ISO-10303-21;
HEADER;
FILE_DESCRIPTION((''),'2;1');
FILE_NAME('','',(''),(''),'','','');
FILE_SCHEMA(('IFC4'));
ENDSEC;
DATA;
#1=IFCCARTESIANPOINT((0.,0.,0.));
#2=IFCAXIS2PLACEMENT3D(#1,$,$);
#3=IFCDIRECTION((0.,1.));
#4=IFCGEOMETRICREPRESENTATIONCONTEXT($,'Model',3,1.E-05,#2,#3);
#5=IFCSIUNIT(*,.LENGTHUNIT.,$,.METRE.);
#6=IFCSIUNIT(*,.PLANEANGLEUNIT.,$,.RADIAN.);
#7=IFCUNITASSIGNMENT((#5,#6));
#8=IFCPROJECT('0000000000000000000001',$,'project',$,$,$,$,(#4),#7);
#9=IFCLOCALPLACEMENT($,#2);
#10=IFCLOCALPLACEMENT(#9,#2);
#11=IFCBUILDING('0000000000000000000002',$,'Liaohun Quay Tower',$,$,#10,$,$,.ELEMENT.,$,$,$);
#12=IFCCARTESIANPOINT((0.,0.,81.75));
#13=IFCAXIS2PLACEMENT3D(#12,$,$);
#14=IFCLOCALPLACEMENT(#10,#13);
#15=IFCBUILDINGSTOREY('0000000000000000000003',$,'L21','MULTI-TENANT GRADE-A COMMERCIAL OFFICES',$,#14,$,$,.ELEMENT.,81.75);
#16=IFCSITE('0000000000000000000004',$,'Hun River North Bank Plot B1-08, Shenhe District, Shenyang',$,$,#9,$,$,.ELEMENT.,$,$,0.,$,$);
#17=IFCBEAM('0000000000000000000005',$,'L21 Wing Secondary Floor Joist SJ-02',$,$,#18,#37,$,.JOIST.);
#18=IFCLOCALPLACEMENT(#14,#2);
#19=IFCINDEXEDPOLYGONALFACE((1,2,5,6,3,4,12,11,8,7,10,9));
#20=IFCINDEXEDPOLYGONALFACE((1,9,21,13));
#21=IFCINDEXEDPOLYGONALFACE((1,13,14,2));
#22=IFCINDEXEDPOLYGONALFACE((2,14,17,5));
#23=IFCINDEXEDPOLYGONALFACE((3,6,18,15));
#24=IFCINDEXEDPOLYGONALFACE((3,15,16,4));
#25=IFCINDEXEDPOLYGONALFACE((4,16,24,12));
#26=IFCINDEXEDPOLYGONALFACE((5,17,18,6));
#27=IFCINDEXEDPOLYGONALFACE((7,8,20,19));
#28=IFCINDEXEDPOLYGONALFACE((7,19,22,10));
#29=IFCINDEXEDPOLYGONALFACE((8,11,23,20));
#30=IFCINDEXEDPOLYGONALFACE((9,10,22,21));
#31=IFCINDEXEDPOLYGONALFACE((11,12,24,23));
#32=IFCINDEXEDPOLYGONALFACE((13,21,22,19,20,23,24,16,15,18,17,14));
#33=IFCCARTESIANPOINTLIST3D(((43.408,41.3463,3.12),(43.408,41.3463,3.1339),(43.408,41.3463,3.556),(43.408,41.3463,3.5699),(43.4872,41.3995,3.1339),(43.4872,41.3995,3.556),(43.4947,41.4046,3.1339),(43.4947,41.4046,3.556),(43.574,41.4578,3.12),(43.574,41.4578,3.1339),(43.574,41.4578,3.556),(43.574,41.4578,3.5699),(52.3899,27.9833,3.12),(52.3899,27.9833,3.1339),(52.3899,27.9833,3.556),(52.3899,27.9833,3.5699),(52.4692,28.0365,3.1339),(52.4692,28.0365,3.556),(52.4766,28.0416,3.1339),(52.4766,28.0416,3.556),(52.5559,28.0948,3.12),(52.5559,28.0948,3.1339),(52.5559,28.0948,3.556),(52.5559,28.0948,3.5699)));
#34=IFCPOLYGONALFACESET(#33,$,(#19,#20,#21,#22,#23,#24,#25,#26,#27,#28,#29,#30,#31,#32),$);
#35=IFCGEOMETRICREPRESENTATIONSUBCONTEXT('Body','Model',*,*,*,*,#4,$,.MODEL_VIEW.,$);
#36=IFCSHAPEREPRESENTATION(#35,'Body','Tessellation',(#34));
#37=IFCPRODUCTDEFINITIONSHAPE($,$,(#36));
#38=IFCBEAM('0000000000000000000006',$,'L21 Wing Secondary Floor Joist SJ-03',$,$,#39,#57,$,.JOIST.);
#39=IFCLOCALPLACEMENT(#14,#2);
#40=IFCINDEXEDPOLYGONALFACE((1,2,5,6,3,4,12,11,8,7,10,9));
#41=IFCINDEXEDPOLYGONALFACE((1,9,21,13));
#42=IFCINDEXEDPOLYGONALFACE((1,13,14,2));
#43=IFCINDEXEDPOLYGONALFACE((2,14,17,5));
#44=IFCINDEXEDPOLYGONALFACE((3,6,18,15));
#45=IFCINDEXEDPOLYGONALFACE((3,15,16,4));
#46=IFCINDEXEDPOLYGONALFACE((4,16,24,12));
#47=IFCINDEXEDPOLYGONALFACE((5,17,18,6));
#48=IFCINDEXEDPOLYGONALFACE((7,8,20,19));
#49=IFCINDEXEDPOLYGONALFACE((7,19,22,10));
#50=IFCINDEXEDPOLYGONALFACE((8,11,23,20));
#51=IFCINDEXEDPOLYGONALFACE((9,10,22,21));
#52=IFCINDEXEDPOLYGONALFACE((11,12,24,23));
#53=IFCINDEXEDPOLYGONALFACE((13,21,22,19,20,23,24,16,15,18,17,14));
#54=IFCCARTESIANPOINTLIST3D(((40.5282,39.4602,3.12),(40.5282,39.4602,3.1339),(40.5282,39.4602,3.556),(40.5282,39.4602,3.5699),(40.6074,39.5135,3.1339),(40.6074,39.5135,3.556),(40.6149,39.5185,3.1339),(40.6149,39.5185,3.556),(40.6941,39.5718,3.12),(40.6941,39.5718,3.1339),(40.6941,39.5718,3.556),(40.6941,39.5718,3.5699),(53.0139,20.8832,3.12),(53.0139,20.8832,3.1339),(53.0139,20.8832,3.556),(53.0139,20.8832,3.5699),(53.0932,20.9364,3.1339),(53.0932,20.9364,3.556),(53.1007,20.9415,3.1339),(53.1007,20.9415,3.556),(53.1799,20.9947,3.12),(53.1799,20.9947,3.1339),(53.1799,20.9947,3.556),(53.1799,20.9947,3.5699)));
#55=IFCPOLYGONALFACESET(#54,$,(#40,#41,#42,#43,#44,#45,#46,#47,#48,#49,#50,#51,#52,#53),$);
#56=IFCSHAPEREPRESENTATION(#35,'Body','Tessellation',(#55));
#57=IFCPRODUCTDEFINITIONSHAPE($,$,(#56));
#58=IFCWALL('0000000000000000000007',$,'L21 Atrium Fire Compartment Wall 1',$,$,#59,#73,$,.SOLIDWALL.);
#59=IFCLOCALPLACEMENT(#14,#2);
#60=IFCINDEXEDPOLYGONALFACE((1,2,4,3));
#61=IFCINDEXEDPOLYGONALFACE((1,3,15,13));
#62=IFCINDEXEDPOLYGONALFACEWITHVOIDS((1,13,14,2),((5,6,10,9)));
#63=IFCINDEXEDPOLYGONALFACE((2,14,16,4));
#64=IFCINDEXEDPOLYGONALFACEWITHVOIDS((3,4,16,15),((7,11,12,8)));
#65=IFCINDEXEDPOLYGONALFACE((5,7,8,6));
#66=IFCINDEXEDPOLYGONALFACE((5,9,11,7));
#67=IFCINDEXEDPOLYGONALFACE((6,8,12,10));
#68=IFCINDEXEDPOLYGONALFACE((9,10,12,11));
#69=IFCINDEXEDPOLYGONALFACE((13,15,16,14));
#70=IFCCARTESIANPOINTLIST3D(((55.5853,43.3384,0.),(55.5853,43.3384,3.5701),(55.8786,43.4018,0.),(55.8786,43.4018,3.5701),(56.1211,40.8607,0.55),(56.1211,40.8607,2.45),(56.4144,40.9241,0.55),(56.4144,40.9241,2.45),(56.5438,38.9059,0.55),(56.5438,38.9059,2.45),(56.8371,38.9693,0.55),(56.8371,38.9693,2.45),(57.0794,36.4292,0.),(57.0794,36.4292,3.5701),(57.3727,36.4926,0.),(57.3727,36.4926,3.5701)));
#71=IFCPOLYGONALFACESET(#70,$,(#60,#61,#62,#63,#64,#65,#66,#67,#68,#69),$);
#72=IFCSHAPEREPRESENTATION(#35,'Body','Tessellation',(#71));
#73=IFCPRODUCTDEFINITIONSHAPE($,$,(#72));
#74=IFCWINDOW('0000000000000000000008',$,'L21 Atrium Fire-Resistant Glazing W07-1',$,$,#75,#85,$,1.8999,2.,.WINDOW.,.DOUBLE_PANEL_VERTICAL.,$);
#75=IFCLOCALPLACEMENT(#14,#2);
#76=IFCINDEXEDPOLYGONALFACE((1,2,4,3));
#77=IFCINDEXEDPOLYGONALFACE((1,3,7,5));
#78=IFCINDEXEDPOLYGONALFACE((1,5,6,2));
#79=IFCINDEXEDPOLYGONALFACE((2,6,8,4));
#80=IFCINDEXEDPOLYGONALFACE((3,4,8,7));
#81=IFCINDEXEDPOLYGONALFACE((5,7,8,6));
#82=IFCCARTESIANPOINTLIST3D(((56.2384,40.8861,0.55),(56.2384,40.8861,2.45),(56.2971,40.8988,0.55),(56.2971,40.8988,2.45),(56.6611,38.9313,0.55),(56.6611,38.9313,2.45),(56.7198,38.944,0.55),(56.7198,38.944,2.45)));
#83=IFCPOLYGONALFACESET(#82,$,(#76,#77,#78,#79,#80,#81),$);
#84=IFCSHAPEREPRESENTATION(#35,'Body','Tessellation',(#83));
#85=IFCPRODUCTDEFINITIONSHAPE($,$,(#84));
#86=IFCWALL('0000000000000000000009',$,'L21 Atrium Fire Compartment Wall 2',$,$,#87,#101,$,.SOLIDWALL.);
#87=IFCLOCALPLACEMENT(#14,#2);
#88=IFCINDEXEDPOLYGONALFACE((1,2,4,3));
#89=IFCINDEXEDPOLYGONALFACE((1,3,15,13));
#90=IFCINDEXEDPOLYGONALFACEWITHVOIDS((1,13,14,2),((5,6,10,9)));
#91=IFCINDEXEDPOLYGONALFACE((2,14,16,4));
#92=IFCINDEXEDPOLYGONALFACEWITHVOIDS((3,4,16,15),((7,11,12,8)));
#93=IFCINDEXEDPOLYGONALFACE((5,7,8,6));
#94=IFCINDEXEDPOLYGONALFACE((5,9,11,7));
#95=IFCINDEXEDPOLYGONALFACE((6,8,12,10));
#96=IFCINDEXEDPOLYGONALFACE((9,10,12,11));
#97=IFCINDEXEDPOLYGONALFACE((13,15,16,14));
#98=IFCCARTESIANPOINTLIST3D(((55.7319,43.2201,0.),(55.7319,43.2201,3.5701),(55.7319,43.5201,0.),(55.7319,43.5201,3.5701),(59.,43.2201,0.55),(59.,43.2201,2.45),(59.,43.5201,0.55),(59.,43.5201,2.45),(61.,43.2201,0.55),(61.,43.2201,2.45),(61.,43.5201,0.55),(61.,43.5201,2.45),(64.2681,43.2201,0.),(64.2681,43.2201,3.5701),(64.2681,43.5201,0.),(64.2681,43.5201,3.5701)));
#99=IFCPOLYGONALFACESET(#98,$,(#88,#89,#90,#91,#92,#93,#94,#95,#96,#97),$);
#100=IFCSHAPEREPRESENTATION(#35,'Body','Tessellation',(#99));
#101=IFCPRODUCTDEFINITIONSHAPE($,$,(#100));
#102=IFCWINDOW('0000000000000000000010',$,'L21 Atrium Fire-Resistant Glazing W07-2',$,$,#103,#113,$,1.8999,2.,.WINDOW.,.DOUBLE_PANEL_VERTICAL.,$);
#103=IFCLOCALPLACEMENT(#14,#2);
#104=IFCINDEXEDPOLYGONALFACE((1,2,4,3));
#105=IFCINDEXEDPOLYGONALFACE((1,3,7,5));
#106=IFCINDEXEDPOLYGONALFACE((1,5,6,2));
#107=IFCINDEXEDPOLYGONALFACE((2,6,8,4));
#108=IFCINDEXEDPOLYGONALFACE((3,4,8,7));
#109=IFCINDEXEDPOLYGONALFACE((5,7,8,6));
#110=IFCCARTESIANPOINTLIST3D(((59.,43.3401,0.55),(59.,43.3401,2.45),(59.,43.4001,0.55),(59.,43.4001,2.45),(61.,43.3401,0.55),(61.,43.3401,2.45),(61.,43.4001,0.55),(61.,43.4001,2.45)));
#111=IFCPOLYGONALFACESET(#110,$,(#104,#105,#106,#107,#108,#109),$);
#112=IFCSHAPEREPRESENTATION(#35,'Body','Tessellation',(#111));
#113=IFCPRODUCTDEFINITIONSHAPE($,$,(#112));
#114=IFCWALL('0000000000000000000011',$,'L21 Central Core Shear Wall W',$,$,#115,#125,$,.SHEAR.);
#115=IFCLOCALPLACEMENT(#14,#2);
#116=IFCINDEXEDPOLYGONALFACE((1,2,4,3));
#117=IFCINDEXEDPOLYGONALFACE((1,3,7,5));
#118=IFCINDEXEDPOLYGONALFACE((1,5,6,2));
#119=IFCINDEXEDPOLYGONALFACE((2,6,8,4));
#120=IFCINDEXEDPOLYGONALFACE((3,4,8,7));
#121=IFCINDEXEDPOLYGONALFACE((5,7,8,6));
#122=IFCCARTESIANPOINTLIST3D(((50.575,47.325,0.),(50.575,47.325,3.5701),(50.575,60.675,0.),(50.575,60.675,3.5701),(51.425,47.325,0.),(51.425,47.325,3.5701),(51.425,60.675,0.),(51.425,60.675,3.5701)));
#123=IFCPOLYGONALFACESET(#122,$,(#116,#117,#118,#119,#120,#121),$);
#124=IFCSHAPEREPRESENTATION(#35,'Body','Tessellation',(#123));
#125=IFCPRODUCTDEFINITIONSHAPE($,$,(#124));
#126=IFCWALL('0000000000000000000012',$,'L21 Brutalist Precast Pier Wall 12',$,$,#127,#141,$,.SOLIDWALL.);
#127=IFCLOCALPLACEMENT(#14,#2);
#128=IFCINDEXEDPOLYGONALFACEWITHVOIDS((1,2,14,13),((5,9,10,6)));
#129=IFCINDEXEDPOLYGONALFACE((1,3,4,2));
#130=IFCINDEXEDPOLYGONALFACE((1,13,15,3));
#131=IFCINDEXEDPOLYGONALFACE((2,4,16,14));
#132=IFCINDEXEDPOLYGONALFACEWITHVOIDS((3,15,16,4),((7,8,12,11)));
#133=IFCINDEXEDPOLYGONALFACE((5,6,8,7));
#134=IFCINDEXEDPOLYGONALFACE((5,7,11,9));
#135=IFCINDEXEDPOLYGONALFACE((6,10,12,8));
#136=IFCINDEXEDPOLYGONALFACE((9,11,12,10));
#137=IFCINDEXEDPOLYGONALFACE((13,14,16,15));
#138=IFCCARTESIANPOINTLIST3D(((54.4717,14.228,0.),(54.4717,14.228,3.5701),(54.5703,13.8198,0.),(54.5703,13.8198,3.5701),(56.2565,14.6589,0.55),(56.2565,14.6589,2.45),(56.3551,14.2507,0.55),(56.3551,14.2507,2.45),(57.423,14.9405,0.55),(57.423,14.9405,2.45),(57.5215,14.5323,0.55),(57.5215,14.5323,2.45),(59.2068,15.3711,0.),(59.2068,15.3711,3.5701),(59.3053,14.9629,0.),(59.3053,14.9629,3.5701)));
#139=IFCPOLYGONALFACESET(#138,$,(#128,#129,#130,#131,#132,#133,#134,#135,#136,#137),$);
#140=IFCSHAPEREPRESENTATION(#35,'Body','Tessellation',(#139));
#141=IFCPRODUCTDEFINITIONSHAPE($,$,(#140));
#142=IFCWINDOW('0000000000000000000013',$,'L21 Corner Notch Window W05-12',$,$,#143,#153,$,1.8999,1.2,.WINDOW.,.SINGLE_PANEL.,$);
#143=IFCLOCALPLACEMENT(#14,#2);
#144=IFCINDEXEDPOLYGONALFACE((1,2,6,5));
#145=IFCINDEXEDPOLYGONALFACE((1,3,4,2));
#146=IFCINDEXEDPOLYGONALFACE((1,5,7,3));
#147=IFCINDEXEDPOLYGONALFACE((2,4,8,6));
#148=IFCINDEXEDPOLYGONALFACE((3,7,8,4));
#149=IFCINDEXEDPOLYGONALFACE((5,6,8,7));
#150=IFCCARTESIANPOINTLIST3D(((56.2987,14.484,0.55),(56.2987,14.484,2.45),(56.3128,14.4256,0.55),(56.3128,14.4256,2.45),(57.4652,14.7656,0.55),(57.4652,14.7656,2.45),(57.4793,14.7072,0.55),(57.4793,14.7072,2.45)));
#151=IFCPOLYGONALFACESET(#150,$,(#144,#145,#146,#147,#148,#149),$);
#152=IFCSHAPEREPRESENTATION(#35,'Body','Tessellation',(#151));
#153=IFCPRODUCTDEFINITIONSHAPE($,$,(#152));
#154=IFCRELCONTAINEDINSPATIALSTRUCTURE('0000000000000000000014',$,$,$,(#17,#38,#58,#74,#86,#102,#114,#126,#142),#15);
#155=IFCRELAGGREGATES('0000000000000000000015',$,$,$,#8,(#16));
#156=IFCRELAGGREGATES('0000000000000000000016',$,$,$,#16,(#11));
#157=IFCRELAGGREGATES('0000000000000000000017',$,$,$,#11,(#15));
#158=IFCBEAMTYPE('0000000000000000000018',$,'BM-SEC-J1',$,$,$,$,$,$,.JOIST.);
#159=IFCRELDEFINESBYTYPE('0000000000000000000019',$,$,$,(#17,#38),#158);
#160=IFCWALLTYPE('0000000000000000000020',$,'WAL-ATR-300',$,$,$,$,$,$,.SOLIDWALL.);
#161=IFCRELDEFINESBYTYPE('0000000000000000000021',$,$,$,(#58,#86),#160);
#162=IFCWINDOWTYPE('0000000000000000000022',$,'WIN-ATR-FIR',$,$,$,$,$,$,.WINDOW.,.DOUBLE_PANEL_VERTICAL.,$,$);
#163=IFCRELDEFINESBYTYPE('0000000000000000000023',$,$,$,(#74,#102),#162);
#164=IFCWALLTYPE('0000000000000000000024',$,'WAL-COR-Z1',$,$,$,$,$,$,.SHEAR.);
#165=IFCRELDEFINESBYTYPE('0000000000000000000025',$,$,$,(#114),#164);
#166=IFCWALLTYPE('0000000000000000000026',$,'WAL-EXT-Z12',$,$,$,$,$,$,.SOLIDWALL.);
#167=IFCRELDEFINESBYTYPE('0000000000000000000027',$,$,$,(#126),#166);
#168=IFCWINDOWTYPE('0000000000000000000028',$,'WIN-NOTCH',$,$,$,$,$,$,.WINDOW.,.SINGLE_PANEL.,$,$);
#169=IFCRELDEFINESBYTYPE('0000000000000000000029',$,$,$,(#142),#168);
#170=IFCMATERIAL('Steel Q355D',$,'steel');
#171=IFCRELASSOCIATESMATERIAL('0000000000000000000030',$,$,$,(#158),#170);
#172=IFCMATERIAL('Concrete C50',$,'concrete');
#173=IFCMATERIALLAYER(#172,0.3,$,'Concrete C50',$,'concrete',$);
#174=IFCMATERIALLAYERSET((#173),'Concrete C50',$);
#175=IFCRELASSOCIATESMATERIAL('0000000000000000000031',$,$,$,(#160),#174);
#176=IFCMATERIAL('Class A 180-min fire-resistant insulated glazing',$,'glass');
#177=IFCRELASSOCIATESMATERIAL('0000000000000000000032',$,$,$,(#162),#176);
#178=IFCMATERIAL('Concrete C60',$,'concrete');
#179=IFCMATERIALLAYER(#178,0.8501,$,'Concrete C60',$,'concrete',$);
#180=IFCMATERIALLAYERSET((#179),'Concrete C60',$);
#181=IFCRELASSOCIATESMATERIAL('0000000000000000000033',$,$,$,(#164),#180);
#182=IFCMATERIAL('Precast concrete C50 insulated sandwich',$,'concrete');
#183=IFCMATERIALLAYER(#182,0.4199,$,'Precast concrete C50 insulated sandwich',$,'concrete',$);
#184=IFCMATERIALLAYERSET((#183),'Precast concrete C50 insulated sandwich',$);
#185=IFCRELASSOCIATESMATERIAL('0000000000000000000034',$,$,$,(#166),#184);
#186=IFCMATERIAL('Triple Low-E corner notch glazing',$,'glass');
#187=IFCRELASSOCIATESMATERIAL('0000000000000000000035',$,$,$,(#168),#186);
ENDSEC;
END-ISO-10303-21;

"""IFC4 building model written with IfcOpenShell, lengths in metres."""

from ifc_helpers import new_model, si_unit, direction, frame, frame_2d, origin, origin_2d, place, context, subcontext, project, spatial, rectangle, i_section, extrude, source, transform, mapped, material, layer, layer_set, material_profile, profile_set, type_object, element, fill, save


model = new_model("IFC4")

# Units and contexts
model_context = context("Model", 3, precision=1e-05, world=origin(), true_north=direction((0.0, 1.0)))
body_context = subcontext(model_context, "Body", "Model", "MODEL_VIEW")
ifc_project = project(units=[si_unit("LENGTHUNIT", "METRE"), si_unit("PLANEANGLEUNIT", "RADIAN")], contexts=[model_context])

# Site, building, storey
site_placement = place(None, origin())
site = spatial("IfcSite", under=ifc_project, at=site_placement, Name="Hun River North Bank Plot B1-08, Shenhe District, Shenyang", CompositionType="ELEMENT", RefElevation=0.0)
building_placement = place(site_placement, origin())
building = spatial("IfcBuilding", under=site, at=building_placement, Name="Liaohun Quay Tower", CompositionType="ELEMENT")
storey_placement = place(building_placement, frame((0.0, 0.0, 81.75)))
storey = spatial("IfcBuildingStorey", under=building, at=storey_placement, Name="L21", Description="MULTI-TENANT GRADE-A COMMERCIAL OFFICES", CompositionType="ELEMENT", Elevation=81.75)

# Shared definitions
ifc_material_1 = material(Name="Concrete C60", Category="concrete")

# Beams
ifc_material_2 = material(Name="Steel Q355D", Category="steel")
ifc_material_profile_1 = material_profile(ifc_material_2, i_section(OverallWidth=0.2, OverallDepth=0.45, WebThickness=0.009, FlangeThickness=0.0139, at=origin_2d()), Name="HN450x200x9x14")
ifc_profile_set_1 = profile_set([ifc_material_profile_1], Name="Steel Q355D")
beam_type_1 = type_object("IfcBeamType", Name="BM-SEC-J1", PredefinedType="JOIST", material=ifc_profile_set_1)
shared_shape_1 = source(origin(), body_context, "Body", "SweptSolid", [
    extrude(i_section(OverallWidth=0.2, OverallDepth=0.45, WebThickness=0.009, FlangeThickness=0.0139, at=origin_2d()), origin(), (0.0, 0.0, 1.0), 16.1011),
])
beam_1_placement = place(storey_placement, frame((52.4729, 28.0391, 3.345), z_axis=(-0.557845, 0.829945, 0.0), x_axis=(-0.829945, -0.557845, 0.0)))
element("IfcBeam", 1, at=beam_1_placement, inside=storey, type_object=beam_type_1, Name="L21 Wing Secondary Floor Joist SJ-02", PredefinedType="JOIST", context=body_context, shape_type="MappedRepresentation", body=[
    mapped(shared_shape_1, transform((0.0, 0.0, 0.0), x_axis=(1.0, 0.0, 0.0), y_axis=(0.0, 1.0, 0.0), z_axis=(0.0, 0.0, 1.0), scale=1.0)),
])
shared_shape_2 = source(origin(), body_context, "Body", "SweptSolid", [
    extrude(i_section(OverallWidth=0.2, OverallDepth=0.45, WebThickness=0.009, FlangeThickness=0.0139, at=origin_2d()), origin(), (0.0, 0.0, 1.0), 22.3831),
])
beam_2_placement = place(storey_placement, frame((53.0969, 20.939, 3.345), z_axis=(-0.557822, 0.82996, 0.0), x_axis=(-0.82996, -0.557822, 0.0)))
element("IfcBeam", 2, at=beam_2_placement, inside=storey, type_object=beam_type_1, Name="L21 Wing Secondary Floor Joist SJ-03", PredefinedType="JOIST", context=body_context, shape_type="MappedRepresentation", body=[
    mapped(shared_shape_2, transform((0.0, 0.0, 0.0), x_axis=(1.0, 0.0, 0.0), y_axis=(0.0, 1.0, 0.0), z_axis=(0.0, 0.0, 1.0), scale=1.0)),
])

# Walls, openings, windows
ifc_material_3 = material(Name="Concrete C50", Category="concrete")
ifc_layer_1 = layer(ifc_material_3, 0.3, Name="Concrete C50", Category="concrete")
ifc_layer_set_1 = layer_set([ifc_layer_1], Name="Concrete C50")
wall_type_1 = type_object("IfcWallType", Name="WAL-ATR-300", PredefinedType="SOLIDWALL", material=ifc_layer_set_1)
wall_1_placement = place(storey_placement, frame((57.2261, 36.4609, 0.0), z_axis=(0.0, 0.0, 1.0), x_axis=(-0.211368, 0.977406, 0.0)))
wall_1 = element("IfcWall", 3, at=wall_1_placement, inside=storey, type_object=wall_type_1, Name="L21 Atrium Fire Compartment Wall 1", PredefinedType="SOLIDWALL", context=body_context, shape_type="SweptSolid", body=[
    extrude(rectangle(XDim=7.0688, YDim=0.3, at=frame_2d((3.5344, 0.0))), origin(), (0.0, 0.0, 1.0), 3.5701),
])
shared_shape_3 = source(origin(), body_context, "Body", "SweptSolid", [
    extrude(rectangle(XDim=2.0, YDim=1.8999, at=frame_2d((1.0, 0.95))), frame((0.0, 0.1599, 0.0), z_axis=(0.0, -1.0, 0.0), x_axis=(1.0, 0.0, 0.0)), (0.0, 0.0, 1.0), 0.3201),
])
opening_1_placement = place(wall_1_placement, frame((2.5339, 0.0, 0.55)))
opening_1 = element("IfcOpeningElement", 4, at=opening_1_placement, cuts=wall_1, PredefinedType="OPENING", context=body_context, shape_type="MappedRepresentation", body=[
    mapped(shared_shape_3, transform((0.0, 0.0, 0.0), x_axis=(1.0, 0.0, 0.0), y_axis=(0.0, 1.0, 0.0), z_axis=(0.0, 0.0, 1.0), scale=1.0)),
])
ifc_material_4 = material(Name="Class A 180-min fire-resistant insulated glazing", Category="glass")
window_type_1 = type_object("IfcWindowType", Name="WIN-ATR-FIR", PartitioningType="DOUBLE_PANEL_VERTICAL", PredefinedType="WINDOW", material=ifc_material_4)
shared_shape_4 = source(origin(), body_context, "Body", "SweptSolid", [
    extrude(rectangle(XDim=2.0, YDim=1.8999, at=frame_2d((1.0, 0.95))), frame((0.0, 0.03, 0.0), z_axis=(0.0, -1.0, 0.0), x_axis=(1.0, 0.0, 0.0)), (0.0, 0.0, 1.0), 0.0601),
])
window_1_placement = place(opening_1_placement, origin())
window_1 = element("IfcWindow", 5, at=window_1_placement, inside=storey, type_object=window_type_1, Name="L21 Atrium Fire-Resistant Glazing W07-1", OverallHeight=1.8999, OverallWidth=2.0, PartitioningType="DOUBLE_PANEL_VERTICAL", PredefinedType="WINDOW", context=body_context, shape_type="MappedRepresentation", body=[
    mapped(shared_shape_4, transform((0.0, 0.0, 0.0), x_axis=(1.0, 0.0, 0.0), y_axis=(0.0, 1.0, 0.0), z_axis=(0.0, 0.0, 1.0), scale=1.0)),
])
fill(opening_1, window_1)
wall_2_placement = place(storey_placement, frame((55.7319, 43.3701, 0.0), z_axis=(0.0, 0.0, 1.0), x_axis=(1.0, 0.0, 0.0)))
wall_2 = element("IfcWall", 6, at=wall_2_placement, inside=storey, type_object=wall_type_1, Name="L21 Atrium Fire Compartment Wall 2", PredefinedType="SOLIDWALL", context=body_context, shape_type="SweptSolid", body=[
    extrude(rectangle(XDim=8.5361, YDim=0.3, at=frame_2d((4.2681, 0.0))), origin(), (0.0, 0.0, 1.0), 3.5701),
])
opening_2_placement = place(wall_2_placement, frame((3.2681, 0.0, 0.55)))
opening_2 = element("IfcOpeningElement", 7, at=opening_2_placement, cuts=wall_2, PredefinedType="OPENING", context=body_context, shape_type="MappedRepresentation", body=[
    mapped(shared_shape_3, transform((0.0, 0.0, 0.0), x_axis=(1.0, 0.0, 0.0), y_axis=(0.0, 1.0, 0.0), z_axis=(0.0, 0.0, 1.0), scale=1.0)),
])
window_2_placement = place(opening_2_placement, origin())
window_2 = element("IfcWindow", 8, at=window_2_placement, inside=storey, type_object=window_type_1, Name="L21 Atrium Fire-Resistant Glazing W07-2", OverallHeight=1.8999, OverallWidth=2.0, PartitioningType="DOUBLE_PANEL_VERTICAL", PredefinedType="WINDOW", context=body_context, shape_type="MappedRepresentation", body=[
    mapped(shared_shape_4, transform((0.0, 0.0, 0.0), x_axis=(1.0, 0.0, 0.0), y_axis=(0.0, 1.0, 0.0), z_axis=(0.0, 0.0, 1.0), scale=1.0)),
])
fill(opening_2, window_2)

# Wall
ifc_layer_2 = layer(ifc_material_1, 0.8501, Name="Concrete C60", Category="concrete")
ifc_layer_set_2 = layer_set([ifc_layer_2], Name="Concrete C60")
wall_type_2 = type_object("IfcWallType", Name="WAL-COR-Z1", PredefinedType="SHEAR", material=ifc_layer_set_2)
wall_3_placement = place(storey_placement, frame((51.0, 47.325, 0.0), z_axis=(0.0, 0.0, 1.0), x_axis=(0.0, 1.0, 0.0)))
element("IfcWall", 9, at=wall_3_placement, inside=storey, type_object=wall_type_2, Name="L21 Central Core Shear Wall W", PredefinedType="SHEAR", context=body_context, shape_type="SweptSolid", body=[
    extrude(rectangle(XDim=13.3501, YDim=0.8501, at=frame_2d((6.675, 0.0))), origin(), (0.0, 0.0, 1.0), 3.5701),
])

# Wall, opening, window
ifc_material_5 = material(Name="Precast concrete C50 insulated sandwich", Category="concrete")
ifc_layer_3 = layer(ifc_material_5, 0.4199, Name="Precast concrete C50 insulated sandwich", Category="concrete")
ifc_layer_set_3 = layer_set([ifc_layer_3], Name="Precast concrete C50 insulated sandwich")
wall_type_3 = type_object("IfcWallType", Name="WAL-EXT-Z12", PredefinedType="SOLIDWALL", material=ifc_layer_set_3)
wall_4_placement = place(storey_placement, frame((54.521, 14.0239, 0.0), z_axis=(0.0, 0.0, 1.0), x_axis=(0.972077, 0.234662, 0.0)))
wall_4 = element("IfcWall", 10, at=wall_4_placement, inside=storey, type_object=wall_type_3, Name="L21 Brutalist Precast Pier Wall 12", PredefinedType="SOLIDWALL", context=body_context, shape_type="SweptSolid", body=[
    extrude(rectangle(XDim=4.8711, YDim=0.4199, at=frame_2d((2.4355, 0.0))), origin(), (0.0, 0.0, 1.0), 3.5701),
])
shared_shape_5 = source(origin(), body_context, "Body", "SweptSolid", [
    extrude(rectangle(XDim=1.2, YDim=1.8999, at=frame_2d((0.6001, 0.95))), frame((0.0, 0.22, 0.0), z_axis=(0.0, -1.0, 0.0), x_axis=(1.0, 0.0, 0.0)), (0.0, 0.0, 1.0), 0.4399),
])
opening_3_placement = place(wall_4_placement, frame((1.8359, 0.0, 0.55)))
opening_3 = element("IfcOpeningElement", 11, at=opening_3_placement, cuts=wall_4, PredefinedType="OPENING", context=body_context, shape_type="MappedRepresentation", body=[
    mapped(shared_shape_5, transform((0.0, 0.0, 0.0), x_axis=(1.0, 0.0, 0.0), y_axis=(0.0, 1.0, 0.0), z_axis=(0.0, 0.0, 1.0), scale=1.0)),
])
ifc_material_6 = material(Name="Triple Low-E corner notch glazing", Category="glass")
window_type_2 = type_object("IfcWindowType", Name="WIN-NOTCH", PartitioningType="SINGLE_PANEL", PredefinedType="WINDOW", material=ifc_material_6)
shared_shape_6 = source(origin(), body_context, "Body", "SweptSolid", [
    extrude(rectangle(XDim=1.2, YDim=1.8999, at=frame_2d((0.6001, 0.95))), frame((0.0, 0.03, 0.0), z_axis=(0.0, -1.0, 0.0), x_axis=(1.0, 0.0, 0.0)), (0.0, 0.0, 1.0), 0.0601),
])
window_3_placement = place(opening_3_placement, origin())
window_3 = element("IfcWindow", 12, at=window_3_placement, inside=storey, type_object=window_type_2, Name="L21 Corner Notch Window W05-12", OverallHeight=1.8999, OverallWidth=1.2, PartitioningType="SINGLE_PANEL", PredefinedType="WINDOW", context=body_context, shape_type="MappedRepresentation", body=[
    mapped(shared_shape_6, transform((0.0, 0.0, 0.0), x_axis=(1.0, 0.0, 0.0), y_axis=(0.0, 1.0, 0.0), z_axis=(0.0, 0.0, 1.0), scale=1.0)),
])
fill(opening_3, window_3)

save(model, "model.ifc")
